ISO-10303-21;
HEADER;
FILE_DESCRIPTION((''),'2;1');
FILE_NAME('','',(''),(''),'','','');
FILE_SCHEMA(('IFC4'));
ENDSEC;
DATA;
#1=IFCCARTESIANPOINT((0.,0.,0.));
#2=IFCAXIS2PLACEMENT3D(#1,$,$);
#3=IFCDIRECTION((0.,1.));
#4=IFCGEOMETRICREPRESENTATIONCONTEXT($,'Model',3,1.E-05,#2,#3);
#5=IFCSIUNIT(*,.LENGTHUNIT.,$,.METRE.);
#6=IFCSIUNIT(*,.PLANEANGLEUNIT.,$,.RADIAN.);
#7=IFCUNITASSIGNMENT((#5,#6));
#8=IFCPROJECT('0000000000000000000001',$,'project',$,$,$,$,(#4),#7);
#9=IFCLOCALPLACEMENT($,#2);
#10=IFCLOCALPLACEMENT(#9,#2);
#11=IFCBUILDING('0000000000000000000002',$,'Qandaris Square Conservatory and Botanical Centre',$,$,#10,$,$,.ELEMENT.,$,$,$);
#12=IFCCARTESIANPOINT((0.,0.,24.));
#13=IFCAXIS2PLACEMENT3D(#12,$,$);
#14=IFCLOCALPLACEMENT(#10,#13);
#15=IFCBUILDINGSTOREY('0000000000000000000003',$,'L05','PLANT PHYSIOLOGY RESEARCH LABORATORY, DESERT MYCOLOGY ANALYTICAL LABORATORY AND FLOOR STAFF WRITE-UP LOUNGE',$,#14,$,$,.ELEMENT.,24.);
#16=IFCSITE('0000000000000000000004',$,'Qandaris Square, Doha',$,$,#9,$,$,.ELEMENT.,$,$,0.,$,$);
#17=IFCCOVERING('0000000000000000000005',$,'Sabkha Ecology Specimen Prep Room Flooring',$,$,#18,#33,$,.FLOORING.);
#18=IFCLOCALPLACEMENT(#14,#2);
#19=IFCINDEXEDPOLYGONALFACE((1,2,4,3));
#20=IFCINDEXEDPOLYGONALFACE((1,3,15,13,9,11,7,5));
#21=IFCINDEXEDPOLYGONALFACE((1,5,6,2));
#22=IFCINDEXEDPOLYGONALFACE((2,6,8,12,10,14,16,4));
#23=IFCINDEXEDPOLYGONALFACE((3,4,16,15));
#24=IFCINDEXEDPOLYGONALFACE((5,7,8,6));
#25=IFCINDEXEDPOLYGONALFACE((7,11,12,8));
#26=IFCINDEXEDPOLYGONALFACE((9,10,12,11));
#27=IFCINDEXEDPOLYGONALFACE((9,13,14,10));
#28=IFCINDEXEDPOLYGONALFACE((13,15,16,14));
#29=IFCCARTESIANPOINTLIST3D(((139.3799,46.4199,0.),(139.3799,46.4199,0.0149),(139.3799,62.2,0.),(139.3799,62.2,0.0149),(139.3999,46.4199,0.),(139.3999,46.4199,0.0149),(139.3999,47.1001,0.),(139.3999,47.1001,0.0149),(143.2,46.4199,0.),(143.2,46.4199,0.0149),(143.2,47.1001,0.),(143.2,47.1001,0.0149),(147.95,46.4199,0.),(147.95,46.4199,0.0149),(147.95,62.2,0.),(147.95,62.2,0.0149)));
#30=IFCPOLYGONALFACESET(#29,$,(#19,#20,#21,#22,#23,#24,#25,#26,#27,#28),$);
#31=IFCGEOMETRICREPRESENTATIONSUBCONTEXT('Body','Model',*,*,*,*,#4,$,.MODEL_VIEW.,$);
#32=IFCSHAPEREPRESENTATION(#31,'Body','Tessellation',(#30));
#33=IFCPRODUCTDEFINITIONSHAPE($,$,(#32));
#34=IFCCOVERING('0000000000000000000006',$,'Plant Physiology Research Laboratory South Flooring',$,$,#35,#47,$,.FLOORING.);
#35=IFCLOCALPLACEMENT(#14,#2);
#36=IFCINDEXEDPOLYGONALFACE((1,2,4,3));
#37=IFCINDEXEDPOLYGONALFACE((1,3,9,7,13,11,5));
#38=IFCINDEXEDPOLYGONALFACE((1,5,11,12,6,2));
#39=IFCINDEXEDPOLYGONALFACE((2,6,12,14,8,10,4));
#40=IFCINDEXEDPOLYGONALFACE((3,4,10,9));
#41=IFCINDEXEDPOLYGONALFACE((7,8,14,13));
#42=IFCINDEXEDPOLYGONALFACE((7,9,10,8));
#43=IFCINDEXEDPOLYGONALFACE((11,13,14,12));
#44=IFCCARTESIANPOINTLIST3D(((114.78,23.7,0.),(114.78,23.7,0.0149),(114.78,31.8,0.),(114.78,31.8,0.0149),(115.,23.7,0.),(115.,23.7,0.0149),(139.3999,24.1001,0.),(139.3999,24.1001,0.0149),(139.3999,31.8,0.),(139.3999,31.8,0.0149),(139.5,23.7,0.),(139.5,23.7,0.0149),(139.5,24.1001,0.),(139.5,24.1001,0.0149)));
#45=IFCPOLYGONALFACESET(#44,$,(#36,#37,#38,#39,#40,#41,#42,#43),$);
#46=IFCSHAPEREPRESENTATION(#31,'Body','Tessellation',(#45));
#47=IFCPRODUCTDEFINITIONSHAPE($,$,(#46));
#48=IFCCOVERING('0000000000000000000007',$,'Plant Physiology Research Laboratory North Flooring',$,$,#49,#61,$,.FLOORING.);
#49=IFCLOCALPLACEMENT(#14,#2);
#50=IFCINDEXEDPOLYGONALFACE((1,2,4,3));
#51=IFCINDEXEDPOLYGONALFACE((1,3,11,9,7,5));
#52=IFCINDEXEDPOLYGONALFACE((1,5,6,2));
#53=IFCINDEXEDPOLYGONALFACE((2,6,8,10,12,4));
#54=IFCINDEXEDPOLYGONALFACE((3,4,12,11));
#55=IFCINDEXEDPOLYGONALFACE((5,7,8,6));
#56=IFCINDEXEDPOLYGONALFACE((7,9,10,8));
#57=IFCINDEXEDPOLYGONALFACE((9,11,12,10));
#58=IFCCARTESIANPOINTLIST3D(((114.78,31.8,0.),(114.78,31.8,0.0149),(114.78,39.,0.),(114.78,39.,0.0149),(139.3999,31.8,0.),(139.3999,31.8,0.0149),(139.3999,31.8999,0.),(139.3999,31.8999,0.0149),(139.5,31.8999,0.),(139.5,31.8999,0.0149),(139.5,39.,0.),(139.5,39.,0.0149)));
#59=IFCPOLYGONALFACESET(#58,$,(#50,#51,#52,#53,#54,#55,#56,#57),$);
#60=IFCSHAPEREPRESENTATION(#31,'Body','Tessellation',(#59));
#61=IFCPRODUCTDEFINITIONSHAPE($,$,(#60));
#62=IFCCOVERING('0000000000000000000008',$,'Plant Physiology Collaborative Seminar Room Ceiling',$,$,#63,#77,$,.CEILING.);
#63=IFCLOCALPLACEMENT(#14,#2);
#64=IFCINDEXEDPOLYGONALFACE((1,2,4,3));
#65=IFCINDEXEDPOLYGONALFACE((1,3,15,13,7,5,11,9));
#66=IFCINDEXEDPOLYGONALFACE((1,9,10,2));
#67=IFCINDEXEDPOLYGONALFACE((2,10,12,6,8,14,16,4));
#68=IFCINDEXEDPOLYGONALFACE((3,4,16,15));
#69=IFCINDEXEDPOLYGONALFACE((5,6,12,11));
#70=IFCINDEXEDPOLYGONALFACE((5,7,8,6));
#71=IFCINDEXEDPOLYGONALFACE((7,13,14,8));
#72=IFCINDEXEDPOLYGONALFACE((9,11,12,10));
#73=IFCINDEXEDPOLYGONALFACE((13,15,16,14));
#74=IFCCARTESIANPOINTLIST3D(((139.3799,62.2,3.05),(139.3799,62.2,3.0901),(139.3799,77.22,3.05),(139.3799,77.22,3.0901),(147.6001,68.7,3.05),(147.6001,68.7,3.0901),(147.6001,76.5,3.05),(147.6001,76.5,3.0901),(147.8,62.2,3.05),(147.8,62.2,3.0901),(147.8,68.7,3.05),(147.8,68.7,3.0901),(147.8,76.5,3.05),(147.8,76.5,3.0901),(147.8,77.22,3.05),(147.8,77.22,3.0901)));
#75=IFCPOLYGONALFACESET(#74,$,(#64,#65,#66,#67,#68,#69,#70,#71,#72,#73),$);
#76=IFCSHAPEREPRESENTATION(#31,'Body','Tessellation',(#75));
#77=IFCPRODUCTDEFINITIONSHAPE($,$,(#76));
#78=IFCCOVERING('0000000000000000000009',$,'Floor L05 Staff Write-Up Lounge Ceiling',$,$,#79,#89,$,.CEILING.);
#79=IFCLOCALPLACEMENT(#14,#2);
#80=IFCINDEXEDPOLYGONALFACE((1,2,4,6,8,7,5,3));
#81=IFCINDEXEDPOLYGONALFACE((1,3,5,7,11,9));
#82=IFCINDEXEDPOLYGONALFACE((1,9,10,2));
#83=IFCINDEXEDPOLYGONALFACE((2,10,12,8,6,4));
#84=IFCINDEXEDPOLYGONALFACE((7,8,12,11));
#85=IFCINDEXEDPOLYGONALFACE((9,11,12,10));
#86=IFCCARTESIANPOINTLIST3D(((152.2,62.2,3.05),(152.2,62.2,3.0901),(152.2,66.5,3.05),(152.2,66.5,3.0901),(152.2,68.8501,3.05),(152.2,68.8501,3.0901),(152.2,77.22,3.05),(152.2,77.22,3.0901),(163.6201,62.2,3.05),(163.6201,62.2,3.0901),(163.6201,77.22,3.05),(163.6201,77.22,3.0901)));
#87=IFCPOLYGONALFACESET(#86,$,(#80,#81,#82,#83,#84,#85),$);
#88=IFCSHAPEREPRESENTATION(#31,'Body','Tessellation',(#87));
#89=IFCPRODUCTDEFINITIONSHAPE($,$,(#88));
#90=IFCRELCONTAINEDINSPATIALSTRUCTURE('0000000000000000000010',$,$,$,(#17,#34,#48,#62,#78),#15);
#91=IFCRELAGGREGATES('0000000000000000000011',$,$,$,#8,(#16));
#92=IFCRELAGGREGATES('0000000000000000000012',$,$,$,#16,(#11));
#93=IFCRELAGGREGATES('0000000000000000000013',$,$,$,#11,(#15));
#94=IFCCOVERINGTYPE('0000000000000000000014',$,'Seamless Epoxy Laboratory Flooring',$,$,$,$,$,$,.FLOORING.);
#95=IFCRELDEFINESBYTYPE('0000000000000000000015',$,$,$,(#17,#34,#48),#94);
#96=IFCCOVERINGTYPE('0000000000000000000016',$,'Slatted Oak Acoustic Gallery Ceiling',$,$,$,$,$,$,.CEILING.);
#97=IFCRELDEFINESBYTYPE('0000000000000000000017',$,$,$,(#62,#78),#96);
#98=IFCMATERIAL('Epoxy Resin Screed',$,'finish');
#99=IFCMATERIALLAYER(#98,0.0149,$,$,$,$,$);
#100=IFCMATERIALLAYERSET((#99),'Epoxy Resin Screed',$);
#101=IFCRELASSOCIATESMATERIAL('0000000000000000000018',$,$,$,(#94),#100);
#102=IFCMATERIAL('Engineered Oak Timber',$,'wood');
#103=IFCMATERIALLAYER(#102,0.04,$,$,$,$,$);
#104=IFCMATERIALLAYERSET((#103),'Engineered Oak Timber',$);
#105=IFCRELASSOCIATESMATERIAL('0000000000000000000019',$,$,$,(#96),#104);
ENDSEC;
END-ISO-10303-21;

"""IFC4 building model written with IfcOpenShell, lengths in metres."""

from ifc_helpers import new_model, si_unit, direction, frame, origin, place, context, subcontext, project, spatial, polyline, outline, extrude, material, layer, layer_set, type_object, element, save


model = new_model("IFC4")

# Units and contexts
model_context = context("Model", 3, precision=1e-05, world=origin(), true_north=direction((0.0, 1.0)))
body_context = subcontext(model_context, "Body", "Model", "MODEL_VIEW")
ifc_project = project(units=[si_unit("LENGTHUNIT", "METRE"), si_unit("PLANEANGLEUNIT", "RADIAN")], contexts=[model_context])

# Site, building, storey
site_placement = place(None, origin())
site = spatial("IfcSite", under=ifc_project, at=site_placement, Name="Qandaris Square, Doha", CompositionType="ELEMENT", RefElevation=0.0)
building_placement = place(site_placement, origin())
building = spatial("IfcBuilding", under=site, at=building_placement, Name="Qandaris Square Conservatory and Botanical Centre", CompositionType="ELEMENT")
storey_placement = place(building_placement, frame((0.0, 0.0, 24.0)))
storey = spatial("IfcBuildingStorey", under=building, at=storey_placement, Name="L05", Description="PLANT PHYSIOLOGY RESEARCH LABORATORY, DESERT MYCOLOGY ANALYTICAL LABORATORY AND FLOOR STAFF WRITE-UP LOUNGE", CompositionType="ELEMENT", Elevation=24.0)

# Coverings
ifc_material_1 = material(Name="Epoxy Resin Screed", Category="finish")
ifc_layer_1 = layer(ifc_material_1, 0.0149)
ifc_layer_set_1 = layer_set([ifc_layer_1], Name="Epoxy Resin Screed")
covering_type_1 = type_object("IfcCoveringType", Name="Seamless Epoxy Laboratory Flooring", PredefinedType="FLOORING", material=ifc_layer_set_1)
covering_1_placement = place(storey_placement, origin())
element("IfcCovering", 1, at=covering_1_placement, inside=storey, type_object=covering_type_1, Name="Sabkha Ecology Specimen Prep Room Flooring", PredefinedType="FLOORING", context=body_context, shape_type="SweptSolid", body=[
    extrude(outline(polyline([(147.95, 46.4199), (143.2, 46.4199), (143.2, 47.1001), (139.3999, 47.1001), (139.3999, 46.4199), (139.3799, 46.4199), (139.3799, 62.2), (147.95, 62.2), (147.95, 46.4199)])), origin(), (0.0, 0.0, 1.0), 0.0149),
])
covering_2_placement = place(storey_placement, origin())
element("IfcCovering", 2, at=covering_2_placement, inside=storey, type_object=covering_type_1, Name="Plant Physiology Research Laboratory South Flooring", PredefinedType="FLOORING", context=body_context, shape_type="SweptSolid", body=[
    extrude(outline(polyline([(139.5, 23.7), (115.0, 23.7), (114.78, 23.7), (114.78, 31.8), (139.3999, 31.8), (139.3999, 24.1001), (139.5, 24.1001), (139.5, 23.7)])), origin(), (0.0, 0.0, 1.0), 0.0149),
])
covering_3_placement = place(storey_placement, origin())
element("IfcCovering", 3, at=covering_3_placement, inside=storey, type_object=covering_type_1, Name="Plant Physiology Research Laboratory North Flooring", PredefinedType="FLOORING", context=body_context, shape_type="SweptSolid", body=[
    extrude(outline(polyline([(139.5, 31.8999), (139.3999, 31.8999), (139.3999, 31.8), (114.78, 31.8), (114.78, 39.0), (139.5, 39.0), (139.5, 31.8999)])), origin(), (0.0, 0.0, 1.0), 0.0149),
])
ifc_material_2 = material(Name="Engineered Oak Timber", Category="wood")
ifc_layer_2 = layer(ifc_material_2, 0.04)
ifc_layer_set_2 = layer_set([ifc_layer_2], Name="Engineered Oak Timber")
covering_type_2 = type_object("IfcCoveringType", Name="Slatted Oak Acoustic Gallery Ceiling", PredefinedType="CEILING", material=ifc_layer_set_2)
covering_4_placement = place(storey_placement, frame((0.0, 0.0, 3.05)))
element("IfcCovering", 4, at=covering_4_placement, inside=storey, type_object=covering_type_2, Name="Plant Physiology Collaborative Seminar Room Ceiling", PredefinedType="CEILING", context=body_context, shape_type="SweptSolid", body=[
    extrude(outline(polyline([(147.8, 76.5), (147.6001, 76.5), (147.6001, 68.7), (147.8, 68.7), (147.8, 62.2), (139.3799, 62.2), (139.3799, 77.22), (147.8, 77.22), (147.8, 76.5)])), origin(), (0.0, 0.0, 1.0), 0.04),
])
covering_5_placement = place(storey_placement, frame((0.0, 0.0, 3.05)))
element("IfcCovering", 5, at=covering_5_placement, inside=storey, type_object=covering_type_2, Name="Floor L05 Staff Write-Up Lounge Ceiling", PredefinedType="CEILING", context=body_context, shape_type="SweptSolid", body=[
    extrude(outline(polyline([(152.2, 62.2), (152.2, 66.5), (152.2, 68.8501), (152.2, 77.22), (163.6201, 77.22), (163.6201, 62.2), (152.2, 62.2)])), origin(), (0.0, 0.0, 1.0), 0.04),
])

save(model, "model.ifc")
